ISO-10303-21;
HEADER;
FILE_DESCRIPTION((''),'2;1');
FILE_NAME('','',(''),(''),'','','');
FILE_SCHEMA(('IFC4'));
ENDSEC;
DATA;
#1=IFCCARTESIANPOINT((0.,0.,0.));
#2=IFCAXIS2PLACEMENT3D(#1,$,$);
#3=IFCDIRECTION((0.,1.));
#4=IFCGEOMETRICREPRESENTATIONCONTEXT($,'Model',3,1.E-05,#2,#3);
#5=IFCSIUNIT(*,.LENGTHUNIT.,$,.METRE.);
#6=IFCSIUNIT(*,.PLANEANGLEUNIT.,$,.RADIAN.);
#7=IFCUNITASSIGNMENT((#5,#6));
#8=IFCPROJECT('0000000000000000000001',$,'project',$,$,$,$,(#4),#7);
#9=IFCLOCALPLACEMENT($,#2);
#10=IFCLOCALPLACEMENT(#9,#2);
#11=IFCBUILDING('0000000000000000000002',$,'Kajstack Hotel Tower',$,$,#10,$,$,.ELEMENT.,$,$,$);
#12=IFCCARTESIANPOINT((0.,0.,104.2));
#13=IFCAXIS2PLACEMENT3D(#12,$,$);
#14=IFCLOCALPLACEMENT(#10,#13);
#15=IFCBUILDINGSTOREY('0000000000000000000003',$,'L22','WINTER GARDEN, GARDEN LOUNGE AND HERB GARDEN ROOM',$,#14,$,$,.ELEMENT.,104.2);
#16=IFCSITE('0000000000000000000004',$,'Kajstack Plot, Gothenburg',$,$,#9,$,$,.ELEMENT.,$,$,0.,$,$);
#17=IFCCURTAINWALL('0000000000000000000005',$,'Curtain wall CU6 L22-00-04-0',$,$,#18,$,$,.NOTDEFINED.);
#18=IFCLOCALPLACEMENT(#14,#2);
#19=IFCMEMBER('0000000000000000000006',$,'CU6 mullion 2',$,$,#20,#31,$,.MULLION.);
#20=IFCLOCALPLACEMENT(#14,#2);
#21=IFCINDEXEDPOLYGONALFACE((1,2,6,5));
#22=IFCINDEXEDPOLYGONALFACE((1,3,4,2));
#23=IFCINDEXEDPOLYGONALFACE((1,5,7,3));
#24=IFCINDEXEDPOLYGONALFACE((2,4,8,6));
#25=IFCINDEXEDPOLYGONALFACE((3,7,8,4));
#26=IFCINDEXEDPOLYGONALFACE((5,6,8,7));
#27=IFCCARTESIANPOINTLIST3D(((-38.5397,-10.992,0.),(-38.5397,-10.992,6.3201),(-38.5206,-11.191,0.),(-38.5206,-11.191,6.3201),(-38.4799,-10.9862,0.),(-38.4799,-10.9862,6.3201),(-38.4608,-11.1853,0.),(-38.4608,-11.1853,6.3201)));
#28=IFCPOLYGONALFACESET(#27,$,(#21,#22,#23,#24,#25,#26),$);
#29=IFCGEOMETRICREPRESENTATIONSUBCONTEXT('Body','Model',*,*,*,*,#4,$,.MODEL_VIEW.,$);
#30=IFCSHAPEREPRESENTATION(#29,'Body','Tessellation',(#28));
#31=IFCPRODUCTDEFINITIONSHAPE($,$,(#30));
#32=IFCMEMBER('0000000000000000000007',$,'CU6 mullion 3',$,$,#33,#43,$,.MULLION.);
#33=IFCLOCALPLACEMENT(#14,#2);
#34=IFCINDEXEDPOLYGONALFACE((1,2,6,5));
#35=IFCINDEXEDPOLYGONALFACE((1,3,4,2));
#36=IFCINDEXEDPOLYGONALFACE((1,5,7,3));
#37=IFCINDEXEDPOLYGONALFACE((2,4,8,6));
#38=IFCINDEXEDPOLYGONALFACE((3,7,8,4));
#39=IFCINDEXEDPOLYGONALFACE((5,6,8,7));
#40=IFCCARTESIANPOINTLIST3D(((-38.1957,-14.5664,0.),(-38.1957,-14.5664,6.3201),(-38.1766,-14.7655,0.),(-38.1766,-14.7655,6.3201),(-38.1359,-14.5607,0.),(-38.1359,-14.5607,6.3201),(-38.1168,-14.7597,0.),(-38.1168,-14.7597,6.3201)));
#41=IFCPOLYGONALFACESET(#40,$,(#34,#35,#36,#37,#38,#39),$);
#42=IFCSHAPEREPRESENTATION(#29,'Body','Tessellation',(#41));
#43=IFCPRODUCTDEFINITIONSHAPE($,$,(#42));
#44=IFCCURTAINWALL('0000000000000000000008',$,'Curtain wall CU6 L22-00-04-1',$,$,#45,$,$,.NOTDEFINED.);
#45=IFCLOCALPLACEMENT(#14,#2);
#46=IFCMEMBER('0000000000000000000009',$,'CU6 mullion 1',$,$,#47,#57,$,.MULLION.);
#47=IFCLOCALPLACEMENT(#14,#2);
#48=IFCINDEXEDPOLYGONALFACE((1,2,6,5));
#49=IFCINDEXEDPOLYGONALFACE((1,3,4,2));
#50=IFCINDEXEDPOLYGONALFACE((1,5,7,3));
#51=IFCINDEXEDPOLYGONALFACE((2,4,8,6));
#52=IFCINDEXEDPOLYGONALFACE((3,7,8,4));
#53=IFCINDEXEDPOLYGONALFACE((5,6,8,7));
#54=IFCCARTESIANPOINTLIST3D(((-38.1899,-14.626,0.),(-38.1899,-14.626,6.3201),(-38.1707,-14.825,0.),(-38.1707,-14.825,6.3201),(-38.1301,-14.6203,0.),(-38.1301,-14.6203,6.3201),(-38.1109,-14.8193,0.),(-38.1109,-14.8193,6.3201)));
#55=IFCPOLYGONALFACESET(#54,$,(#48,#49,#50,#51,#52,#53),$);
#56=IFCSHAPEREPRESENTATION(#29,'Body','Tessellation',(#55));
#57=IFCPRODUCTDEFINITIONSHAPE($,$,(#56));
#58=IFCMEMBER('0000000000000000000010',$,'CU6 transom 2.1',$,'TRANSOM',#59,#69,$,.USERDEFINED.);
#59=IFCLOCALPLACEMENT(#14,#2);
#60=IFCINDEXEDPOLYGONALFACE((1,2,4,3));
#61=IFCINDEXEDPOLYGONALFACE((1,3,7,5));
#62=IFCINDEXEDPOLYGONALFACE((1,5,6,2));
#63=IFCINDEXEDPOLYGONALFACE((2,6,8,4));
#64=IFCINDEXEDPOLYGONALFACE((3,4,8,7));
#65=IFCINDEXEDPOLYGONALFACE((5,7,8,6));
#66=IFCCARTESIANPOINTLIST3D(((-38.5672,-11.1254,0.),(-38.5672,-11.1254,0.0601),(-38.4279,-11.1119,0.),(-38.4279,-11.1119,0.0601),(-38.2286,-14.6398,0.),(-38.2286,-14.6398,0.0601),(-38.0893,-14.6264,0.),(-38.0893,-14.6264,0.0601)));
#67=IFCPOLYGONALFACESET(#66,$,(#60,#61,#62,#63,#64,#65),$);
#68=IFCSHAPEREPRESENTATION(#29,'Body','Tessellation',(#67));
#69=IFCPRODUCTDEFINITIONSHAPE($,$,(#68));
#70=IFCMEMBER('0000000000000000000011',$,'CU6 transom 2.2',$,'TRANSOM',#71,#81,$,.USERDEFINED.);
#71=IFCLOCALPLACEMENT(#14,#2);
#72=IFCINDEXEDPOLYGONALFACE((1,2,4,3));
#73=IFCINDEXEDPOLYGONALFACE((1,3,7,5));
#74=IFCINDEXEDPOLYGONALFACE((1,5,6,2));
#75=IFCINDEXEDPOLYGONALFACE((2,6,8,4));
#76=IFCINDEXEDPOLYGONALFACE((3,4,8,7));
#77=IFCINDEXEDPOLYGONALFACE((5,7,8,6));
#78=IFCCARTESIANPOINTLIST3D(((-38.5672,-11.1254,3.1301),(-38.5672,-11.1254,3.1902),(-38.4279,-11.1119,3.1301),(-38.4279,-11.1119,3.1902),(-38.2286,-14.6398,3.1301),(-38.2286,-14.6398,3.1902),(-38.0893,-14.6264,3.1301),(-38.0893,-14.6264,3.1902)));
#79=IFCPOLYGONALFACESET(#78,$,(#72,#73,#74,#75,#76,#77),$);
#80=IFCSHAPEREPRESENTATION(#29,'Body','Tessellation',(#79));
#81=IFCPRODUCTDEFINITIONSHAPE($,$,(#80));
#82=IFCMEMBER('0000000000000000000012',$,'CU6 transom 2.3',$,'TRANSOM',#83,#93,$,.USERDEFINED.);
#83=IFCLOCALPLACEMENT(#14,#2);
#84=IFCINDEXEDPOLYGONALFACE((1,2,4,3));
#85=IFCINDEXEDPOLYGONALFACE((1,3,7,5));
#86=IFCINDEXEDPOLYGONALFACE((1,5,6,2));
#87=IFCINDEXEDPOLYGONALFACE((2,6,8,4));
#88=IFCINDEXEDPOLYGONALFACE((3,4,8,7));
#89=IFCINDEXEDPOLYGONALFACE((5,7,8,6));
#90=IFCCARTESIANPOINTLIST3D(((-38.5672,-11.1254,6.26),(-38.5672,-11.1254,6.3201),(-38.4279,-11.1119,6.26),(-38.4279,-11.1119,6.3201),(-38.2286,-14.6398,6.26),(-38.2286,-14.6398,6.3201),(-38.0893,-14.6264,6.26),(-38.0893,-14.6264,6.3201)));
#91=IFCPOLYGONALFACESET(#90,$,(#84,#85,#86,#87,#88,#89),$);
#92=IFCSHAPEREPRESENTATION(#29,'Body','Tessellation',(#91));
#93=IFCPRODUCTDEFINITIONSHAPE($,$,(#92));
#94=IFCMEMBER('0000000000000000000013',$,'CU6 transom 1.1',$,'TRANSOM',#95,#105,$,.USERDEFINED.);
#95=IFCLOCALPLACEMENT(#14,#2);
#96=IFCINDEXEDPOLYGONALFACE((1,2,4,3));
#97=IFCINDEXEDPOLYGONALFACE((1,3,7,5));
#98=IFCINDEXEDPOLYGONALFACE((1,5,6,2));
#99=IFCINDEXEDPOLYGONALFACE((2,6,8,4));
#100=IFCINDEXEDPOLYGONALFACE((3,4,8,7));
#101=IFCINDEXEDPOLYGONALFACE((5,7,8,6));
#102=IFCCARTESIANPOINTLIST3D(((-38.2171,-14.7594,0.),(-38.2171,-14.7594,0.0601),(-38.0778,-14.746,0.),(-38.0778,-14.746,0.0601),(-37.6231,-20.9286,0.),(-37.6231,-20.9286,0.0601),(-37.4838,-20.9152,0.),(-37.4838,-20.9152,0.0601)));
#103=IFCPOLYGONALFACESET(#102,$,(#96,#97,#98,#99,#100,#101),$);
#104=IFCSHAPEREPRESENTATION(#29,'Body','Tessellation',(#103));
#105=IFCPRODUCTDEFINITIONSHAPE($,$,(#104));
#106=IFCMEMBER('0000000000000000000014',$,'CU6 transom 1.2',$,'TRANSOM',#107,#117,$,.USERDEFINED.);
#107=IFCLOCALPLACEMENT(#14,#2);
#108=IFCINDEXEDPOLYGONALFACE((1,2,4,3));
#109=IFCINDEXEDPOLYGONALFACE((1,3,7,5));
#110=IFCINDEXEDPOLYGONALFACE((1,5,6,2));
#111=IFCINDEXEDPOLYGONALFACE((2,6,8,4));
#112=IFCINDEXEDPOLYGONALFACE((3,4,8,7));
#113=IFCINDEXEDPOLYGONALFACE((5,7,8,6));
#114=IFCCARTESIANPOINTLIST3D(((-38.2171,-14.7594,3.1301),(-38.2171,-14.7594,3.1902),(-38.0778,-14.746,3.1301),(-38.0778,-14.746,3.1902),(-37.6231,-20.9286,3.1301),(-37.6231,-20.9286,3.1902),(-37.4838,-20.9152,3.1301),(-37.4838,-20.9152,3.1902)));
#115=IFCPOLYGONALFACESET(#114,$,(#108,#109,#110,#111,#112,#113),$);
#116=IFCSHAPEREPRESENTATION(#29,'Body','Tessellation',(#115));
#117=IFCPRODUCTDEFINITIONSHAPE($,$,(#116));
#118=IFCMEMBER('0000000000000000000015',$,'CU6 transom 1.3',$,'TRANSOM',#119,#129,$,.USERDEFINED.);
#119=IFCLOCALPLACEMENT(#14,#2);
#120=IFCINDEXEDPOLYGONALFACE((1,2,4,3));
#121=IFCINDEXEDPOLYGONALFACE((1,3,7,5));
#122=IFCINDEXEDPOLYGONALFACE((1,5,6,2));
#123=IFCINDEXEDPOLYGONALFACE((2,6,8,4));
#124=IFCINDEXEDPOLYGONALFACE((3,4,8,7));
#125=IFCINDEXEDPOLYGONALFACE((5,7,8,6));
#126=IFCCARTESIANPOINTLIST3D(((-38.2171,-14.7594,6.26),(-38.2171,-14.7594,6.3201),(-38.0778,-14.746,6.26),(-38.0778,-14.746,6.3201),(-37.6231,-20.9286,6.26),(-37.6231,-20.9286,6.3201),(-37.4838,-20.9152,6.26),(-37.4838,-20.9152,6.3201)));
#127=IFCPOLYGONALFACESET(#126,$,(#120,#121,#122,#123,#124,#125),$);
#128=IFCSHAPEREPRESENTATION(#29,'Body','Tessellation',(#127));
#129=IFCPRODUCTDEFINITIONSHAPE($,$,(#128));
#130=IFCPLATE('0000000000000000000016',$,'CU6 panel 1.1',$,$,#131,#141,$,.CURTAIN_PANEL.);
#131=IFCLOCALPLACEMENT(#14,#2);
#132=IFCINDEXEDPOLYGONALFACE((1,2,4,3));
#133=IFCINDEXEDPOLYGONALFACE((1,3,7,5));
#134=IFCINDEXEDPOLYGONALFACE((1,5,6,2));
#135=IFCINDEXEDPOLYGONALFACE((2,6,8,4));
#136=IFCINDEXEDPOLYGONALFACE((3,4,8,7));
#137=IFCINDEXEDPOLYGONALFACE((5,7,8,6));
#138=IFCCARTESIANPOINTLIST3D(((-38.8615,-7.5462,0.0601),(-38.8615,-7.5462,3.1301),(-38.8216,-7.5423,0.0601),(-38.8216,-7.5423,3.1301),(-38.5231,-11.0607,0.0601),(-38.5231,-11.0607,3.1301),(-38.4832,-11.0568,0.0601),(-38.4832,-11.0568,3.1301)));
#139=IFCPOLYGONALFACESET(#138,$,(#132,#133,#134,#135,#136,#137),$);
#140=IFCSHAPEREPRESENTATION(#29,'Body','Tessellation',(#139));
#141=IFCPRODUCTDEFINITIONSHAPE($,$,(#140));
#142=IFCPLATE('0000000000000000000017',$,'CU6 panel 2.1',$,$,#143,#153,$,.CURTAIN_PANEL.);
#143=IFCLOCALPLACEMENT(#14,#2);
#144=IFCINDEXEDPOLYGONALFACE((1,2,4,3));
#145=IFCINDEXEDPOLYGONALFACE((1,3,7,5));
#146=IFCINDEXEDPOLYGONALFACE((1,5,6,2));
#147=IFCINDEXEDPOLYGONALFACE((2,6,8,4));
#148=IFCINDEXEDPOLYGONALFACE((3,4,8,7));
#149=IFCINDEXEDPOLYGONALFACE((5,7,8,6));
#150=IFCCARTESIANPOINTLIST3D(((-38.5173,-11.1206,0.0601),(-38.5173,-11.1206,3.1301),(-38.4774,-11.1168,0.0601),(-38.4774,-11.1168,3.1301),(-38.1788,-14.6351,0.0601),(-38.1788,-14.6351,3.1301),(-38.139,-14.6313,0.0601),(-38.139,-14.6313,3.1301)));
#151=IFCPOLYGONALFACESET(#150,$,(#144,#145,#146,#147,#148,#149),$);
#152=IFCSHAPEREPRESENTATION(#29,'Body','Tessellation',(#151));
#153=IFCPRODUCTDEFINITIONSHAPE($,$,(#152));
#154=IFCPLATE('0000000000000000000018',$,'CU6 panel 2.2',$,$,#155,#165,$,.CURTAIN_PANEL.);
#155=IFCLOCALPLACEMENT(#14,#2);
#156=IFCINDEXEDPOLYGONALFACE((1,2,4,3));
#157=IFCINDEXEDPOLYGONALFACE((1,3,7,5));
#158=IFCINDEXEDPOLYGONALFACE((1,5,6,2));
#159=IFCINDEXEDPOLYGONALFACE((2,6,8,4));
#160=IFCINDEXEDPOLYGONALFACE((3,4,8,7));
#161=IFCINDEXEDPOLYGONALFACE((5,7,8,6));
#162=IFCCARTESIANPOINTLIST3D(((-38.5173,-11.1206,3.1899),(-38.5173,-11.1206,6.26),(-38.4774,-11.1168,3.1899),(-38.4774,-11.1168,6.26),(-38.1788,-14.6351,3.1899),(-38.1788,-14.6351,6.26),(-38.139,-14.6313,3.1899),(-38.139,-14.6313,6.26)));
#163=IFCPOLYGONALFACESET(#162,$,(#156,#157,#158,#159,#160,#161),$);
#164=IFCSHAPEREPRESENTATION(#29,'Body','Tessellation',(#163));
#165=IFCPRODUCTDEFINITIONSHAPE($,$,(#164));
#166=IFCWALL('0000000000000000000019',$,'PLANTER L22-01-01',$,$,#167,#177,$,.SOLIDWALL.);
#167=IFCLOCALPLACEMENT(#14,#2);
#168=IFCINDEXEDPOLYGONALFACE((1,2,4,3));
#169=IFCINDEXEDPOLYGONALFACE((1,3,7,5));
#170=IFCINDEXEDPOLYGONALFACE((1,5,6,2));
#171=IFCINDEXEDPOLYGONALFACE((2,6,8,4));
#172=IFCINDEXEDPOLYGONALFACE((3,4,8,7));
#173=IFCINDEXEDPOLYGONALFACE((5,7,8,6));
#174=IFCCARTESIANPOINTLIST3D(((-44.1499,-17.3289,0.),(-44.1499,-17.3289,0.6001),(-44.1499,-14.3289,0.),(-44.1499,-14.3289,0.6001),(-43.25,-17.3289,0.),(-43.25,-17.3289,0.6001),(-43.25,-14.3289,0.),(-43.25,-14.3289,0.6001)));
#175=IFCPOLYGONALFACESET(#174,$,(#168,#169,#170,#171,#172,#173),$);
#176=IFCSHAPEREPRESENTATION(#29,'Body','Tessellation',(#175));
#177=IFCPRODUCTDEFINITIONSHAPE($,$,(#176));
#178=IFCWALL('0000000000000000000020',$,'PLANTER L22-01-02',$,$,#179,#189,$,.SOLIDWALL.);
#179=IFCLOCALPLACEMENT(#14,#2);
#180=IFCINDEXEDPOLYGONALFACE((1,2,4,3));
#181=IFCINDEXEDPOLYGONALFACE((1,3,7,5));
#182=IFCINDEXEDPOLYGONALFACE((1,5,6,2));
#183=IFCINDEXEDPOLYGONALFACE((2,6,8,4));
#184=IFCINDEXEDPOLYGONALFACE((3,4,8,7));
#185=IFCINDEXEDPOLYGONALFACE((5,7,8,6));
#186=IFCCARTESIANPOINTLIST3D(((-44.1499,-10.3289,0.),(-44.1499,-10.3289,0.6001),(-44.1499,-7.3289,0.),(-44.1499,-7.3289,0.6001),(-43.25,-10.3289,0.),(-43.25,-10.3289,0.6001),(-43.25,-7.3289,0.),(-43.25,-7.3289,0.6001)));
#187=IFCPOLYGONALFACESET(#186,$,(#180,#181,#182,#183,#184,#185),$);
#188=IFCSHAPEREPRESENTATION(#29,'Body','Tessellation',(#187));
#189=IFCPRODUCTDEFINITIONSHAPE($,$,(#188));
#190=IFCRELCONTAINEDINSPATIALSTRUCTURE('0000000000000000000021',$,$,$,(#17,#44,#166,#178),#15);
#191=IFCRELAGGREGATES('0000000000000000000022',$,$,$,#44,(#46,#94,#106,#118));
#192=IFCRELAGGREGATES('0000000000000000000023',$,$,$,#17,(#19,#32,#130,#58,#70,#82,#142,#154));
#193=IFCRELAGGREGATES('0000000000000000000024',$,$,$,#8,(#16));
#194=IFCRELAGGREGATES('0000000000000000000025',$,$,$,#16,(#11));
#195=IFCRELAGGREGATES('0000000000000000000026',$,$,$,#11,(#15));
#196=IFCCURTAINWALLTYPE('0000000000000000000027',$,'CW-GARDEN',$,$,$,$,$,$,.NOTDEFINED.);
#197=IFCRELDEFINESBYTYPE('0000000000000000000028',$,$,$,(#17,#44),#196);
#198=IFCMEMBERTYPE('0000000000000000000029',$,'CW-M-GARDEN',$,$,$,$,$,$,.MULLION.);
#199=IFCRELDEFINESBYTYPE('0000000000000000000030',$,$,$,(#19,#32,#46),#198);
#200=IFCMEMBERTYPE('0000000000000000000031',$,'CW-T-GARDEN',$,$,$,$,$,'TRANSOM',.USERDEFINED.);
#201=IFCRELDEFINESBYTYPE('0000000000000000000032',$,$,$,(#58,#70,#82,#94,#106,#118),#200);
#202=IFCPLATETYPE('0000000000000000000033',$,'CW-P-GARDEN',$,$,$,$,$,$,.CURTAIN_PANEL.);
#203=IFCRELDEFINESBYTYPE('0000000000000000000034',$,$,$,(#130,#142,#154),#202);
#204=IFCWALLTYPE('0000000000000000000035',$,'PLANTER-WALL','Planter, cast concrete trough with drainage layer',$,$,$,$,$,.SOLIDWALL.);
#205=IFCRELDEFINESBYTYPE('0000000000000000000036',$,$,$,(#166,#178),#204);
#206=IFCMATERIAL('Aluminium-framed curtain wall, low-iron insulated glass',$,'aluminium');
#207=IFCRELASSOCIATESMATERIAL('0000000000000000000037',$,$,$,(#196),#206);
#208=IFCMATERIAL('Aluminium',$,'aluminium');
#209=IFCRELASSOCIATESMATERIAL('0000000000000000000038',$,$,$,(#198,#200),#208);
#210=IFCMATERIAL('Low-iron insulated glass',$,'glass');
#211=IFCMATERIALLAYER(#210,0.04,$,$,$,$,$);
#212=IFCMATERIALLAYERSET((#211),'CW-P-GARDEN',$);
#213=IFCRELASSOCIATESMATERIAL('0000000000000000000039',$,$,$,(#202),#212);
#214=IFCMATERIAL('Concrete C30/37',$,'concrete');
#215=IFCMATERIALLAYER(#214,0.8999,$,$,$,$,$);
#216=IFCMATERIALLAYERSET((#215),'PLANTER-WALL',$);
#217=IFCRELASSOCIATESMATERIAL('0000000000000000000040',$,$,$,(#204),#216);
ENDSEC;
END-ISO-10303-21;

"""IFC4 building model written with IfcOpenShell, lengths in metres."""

from ifc_helpers import new_model, si_unit, direction, frame, frame_2d, origin, origin_2d, place, context, subcontext, project, spatial, rectangle, extrude, material, layer, layer_set, material_profile, profile_set, type_object, element, aggregate, save


model = new_model("IFC4")

# Units and contexts
model_context = context("Model", 3, precision=1e-05, world=origin(), true_north=direction((0.0, 1.0)))
body_context = subcontext(model_context, "Body", "Model", "MODEL_VIEW")
ifc_project = project(units=[si_unit("LENGTHUNIT", "METRE"), si_unit("PLANEANGLEUNIT", "RADIAN")], contexts=[model_context])

# Site, building, storey
site_placement = place(None, origin())
site = spatial("IfcSite", under=ifc_project, at=site_placement, Name="Kajstack Plot, Gothenburg", CompositionType="ELEMENT", RefElevation=0.0)
building_placement = place(site_placement, origin())
building = spatial("IfcBuilding", under=site, at=building_placement, Name="Kajstack Hotel Tower", CompositionType="ELEMENT")
storey_placement = place(building_placement, frame((0.0, 0.0, 104.2)))
storey = spatial("IfcBuildingStorey", under=building, at=storey_placement, Name="L22", Description="WINTER GARDEN, GARDEN LOUNGE AND HERB GARDEN ROOM", CompositionType="ELEMENT", Elevation=104.2)

# Curtain wall, members
ifc_material_1 = material(Name="Aluminium-framed curtain wall, low-iron insulated glass", Category="aluminium")
curtain_wall_type = type_object("IfcCurtainWallType", Name="CW-GARDEN", PredefinedType="NOTDEFINED", material=ifc_material_1)
curtain_wall_1_placement = place(storey_placement, origin())
curtain_wall_1 = element("IfcCurtainWall", 1, at=curtain_wall_1_placement, inside=storey, type_object=curtain_wall_type, Name="Curtain wall CU6 L22-00-04-0", PredefinedType="NOTDEFINED")
ifc_material_2 = material(Name="Aluminium", Category="aluminium")
ifc_material_profile_1 = material_profile(ifc_material_2, rectangle(XDim=0.0601, YDim=0.2, at=origin_2d()), Name="Aluminium mullion 60 x 200")
ifc_profile_set_1 = profile_set([ifc_material_profile_1], Name="Aluminium")
member_type_1 = type_object("IfcMemberType", Name="CW-M-GARDEN", PredefinedType="MULLION", material=ifc_profile_set_1)
member_1_placement = place(storey_placement, frame((-38.5002, -11.0886, 0.0), z_axis=(0.0, 0.0, 1.0), x_axis=(0.995396, 0.095846, 0.0)))
member_1 = element("IfcMember", 2, at=member_1_placement, type_object=member_type_1, Name="CU6 mullion 2", PredefinedType="MULLION", context=body_context, shape_type="SweptSolid", body=[
    extrude(rectangle(XDim=0.0601, YDim=0.2, at=origin_2d()), origin(), (0.0, 0.0, 1.0), 6.3201),
])
member_2_placement = place(storey_placement, frame((-38.1562, -14.6631, 0.0), z_axis=(0.0, 0.0, 1.0), x_axis=(0.995396, 0.095846, 0.0)))
member_2 = element("IfcMember", 3, at=member_2_placement, type_object=member_type_1, Name="CU6 mullion 3", PredefinedType="MULLION", context=body_context, shape_type="SweptSolid", body=[
    extrude(rectangle(XDim=0.0601, YDim=0.2, at=origin_2d()), origin(), (0.0, 0.0, 1.0), 6.3201),
])

# Curtain wall, member
curtain_wall_2_placement = place(storey_placement, origin())
curtain_wall_2 = element("IfcCurtainWall", 4, at=curtain_wall_2_placement, inside=storey, type_object=curtain_wall_type, Name="Curtain wall CU6 L22-00-04-1", PredefinedType="NOTDEFINED")
member_3_placement = place(storey_placement, frame((-38.1504, -14.7227, 0.0), z_axis=(0.0, 0.0, 1.0), x_axis=(0.995396, 0.095846, 0.0)))
member_3 = element("IfcMember", 5, at=member_3_placement, type_object=member_type_1, Name="CU6 mullion 1", PredefinedType="MULLION", context=body_context, shape_type="SweptSolid", body=[
    extrude(rectangle(XDim=0.0601, YDim=0.2, at=origin_2d()), origin(), (0.0, 0.0, 1.0), 6.3201),
])

# Members
ifc_material_profile_2 = material_profile(ifc_material_2, rectangle(XDim=0.1399, YDim=0.0601, at=origin_2d()), Name="Aluminium transom 140 x 60")
ifc_profile_set_2 = profile_set([ifc_material_profile_2], Name="Aluminium")
member_type_2 = type_object("IfcMemberType", Name="CW-T-GARDEN", ElementType="TRANSOM", PredefinedType="USERDEFINED", material=ifc_profile_set_2)
member_4_placement = place(storey_placement, frame((-38.4976, -11.1187, 0.03), z_axis=(0.095909, -0.99539, 0.0), x_axis=(0.99539, 0.095909, 0.0)))
member_4 = element("IfcMember", 6, at=member_4_placement, type_object=member_type_2, Name="CU6 transom 2.1", ObjectType="TRANSOM", PredefinedType="USERDEFINED", context=body_context, shape_type="SweptSolid", body=[
    extrude(rectangle(XDim=0.1399, YDim=0.0601, at=origin_2d()), origin(), (0.0, 0.0, 1.0), 3.5308),
])
member_5_placement = place(storey_placement, frame((-38.4976, -11.1187, 3.1602), z_axis=(0.095909, -0.99539, 0.0), x_axis=(0.99539, 0.095909, 0.0)))
member_5 = element("IfcMember", 7, at=member_5_placement, type_object=member_type_2, Name="CU6 transom 2.2", ObjectType="TRANSOM", PredefinedType="USERDEFINED", context=body_context, shape_type="SweptSolid", body=[
    extrude(rectangle(XDim=0.1399, YDim=0.0601, at=origin_2d()), origin(), (0.0, 0.0, 1.0), 3.5308),
])
member_6_placement = place(storey_placement, frame((-38.4976, -11.1187, 6.29), z_axis=(0.095909, -0.99539, 0.0), x_axis=(0.99539, 0.095909, 0.0)))
member_6 = element("IfcMember", 8, at=member_6_placement, type_object=member_type_2, Name="CU6 transom 2.3", ObjectType="TRANSOM", PredefinedType="USERDEFINED", context=body_context, shape_type="SweptSolid", body=[
    extrude(rectangle(XDim=0.1399, YDim=0.0601, at=origin_2d()), origin(), (0.0, 0.0, 1.0), 3.5308),
])
member_7_placement = place(storey_placement, frame((-38.1475, -14.7527, 0.03), z_axis=(0.095841, -0.995397, 0.0), x_axis=(0.995397, 0.095841, 0.0)))
member_7 = element("IfcMember", 9, at=member_7_placement, type_object=member_type_2, Name="CU6 transom 1.1", ObjectType="TRANSOM", PredefinedType="USERDEFINED", context=body_context, shape_type="SweptSolid", body=[
    extrude(rectangle(XDim=0.1399, YDim=0.0601, at=origin_2d()), origin(), (0.0, 0.0, 1.0), 6.1978),
])
member_8_placement = place(storey_placement, frame((-38.1475, -14.7527, 3.1602), z_axis=(0.095841, -0.995397, 0.0), x_axis=(0.995397, 0.095841, 0.0)))
member_8 = element("IfcMember", 10, at=member_8_placement, type_object=member_type_2, Name="CU6 transom 1.2", ObjectType="TRANSOM", PredefinedType="USERDEFINED", context=body_context, shape_type="SweptSolid", body=[
    extrude(rectangle(XDim=0.1399, YDim=0.0601, at=origin_2d()), origin(), (0.0, 0.0, 1.0), 6.1978),
])
member_9_placement = place(storey_placement, frame((-38.1475, -14.7527, 6.29), z_axis=(0.095841, -0.995397, 0.0), x_axis=(0.995397, 0.095841, 0.0)))
member_9 = element("IfcMember", 11, at=member_9_placement, type_object=member_type_2, Name="CU6 transom 1.3", ObjectType="TRANSOM", PredefinedType="USERDEFINED", context=body_context, shape_type="SweptSolid", body=[
    extrude(rectangle(XDim=0.1399, YDim=0.0601, at=origin_2d()), origin(), (0.0, 0.0, 1.0), 6.1978),
])
aggregate(curtain_wall_2, [member_3, member_7, member_8, member_9])

# Plates
ifc_material_3 = material(Name="Low-iron insulated glass", Category="glass")
ifc_layer_1 = layer(ifc_material_3, 0.04)
ifc_layer_set_1 = layer_set([ifc_layer_1], Name="CW-P-GARDEN")
plate_type = type_object("IfcPlateType", Name="CW-P-GARDEN", PredefinedType="CURTAIN_PANEL", material=ifc_layer_set_1)
plate_1_placement = place(storey_placement, frame((-38.6724, -9.3015, 0.0601), z_axis=(0.0, 0.0, 1.0), x_axis=(0.095846, -0.995396, 0.0)))
plate_1 = element("IfcPlate", 12, at=plate_1_placement, type_object=plate_type, Name="CU6 panel 1.1", PredefinedType="CURTAIN_PANEL", context=body_context, shape_type="SweptSolid", body=[
    extrude(rectangle(XDim=3.5308, YDim=0.04, at=origin_2d()), origin(), (0.0, 0.0, 1.0), 3.0701),
])
plate_2_placement = place(storey_placement, frame((-38.3281, -12.876, 0.0601), z_axis=(0.0, 0.0, 1.0), x_axis=(0.095846, -0.995396, 0.0)))
plate_2 = element("IfcPlate", 13, at=plate_2_placement, type_object=plate_type, Name="CU6 panel 2.1", PredefinedType="CURTAIN_PANEL", context=body_context, shape_type="SweptSolid", body=[
    extrude(rectangle(XDim=3.5308, YDim=0.04, at=origin_2d()), origin(), (0.0, 0.0, 1.0), 3.0701),
])
plate_3_placement = place(storey_placement, frame((-38.3281, -12.876, 3.1899), z_axis=(0.0, 0.0, 1.0), x_axis=(0.095846, -0.995396, 0.0)))
plate_3 = element("IfcPlate", 14, at=plate_3_placement, type_object=plate_type, Name="CU6 panel 2.2", PredefinedType="CURTAIN_PANEL", context=body_context, shape_type="SweptSolid", body=[
    extrude(rectangle(XDim=3.5308, YDim=0.04, at=origin_2d()), origin(), (0.0, 0.0, 1.0), 3.0701),
])
aggregate(curtain_wall_1, [member_1, member_2, plate_1, member_4, member_5, member_6, plate_2, plate_3])

# Walls
ifc_material_4 = material(Name="Concrete C30/37", Category="concrete")
ifc_layer_2 = layer(ifc_material_4, 0.8999)
ifc_layer_set_2 = layer_set([ifc_layer_2], Name="PLANTER-WALL")
wall_type_1 = type_object("IfcWallType", Name="PLANTER-WALL", Description="Planter, cast concrete trough with drainage layer", PredefinedType="SOLIDWALL", material=ifc_layer_set_2)
for number, where, z_axis, x_axis, name in (
    (15, (-43.7, -17.3289, 0.0), (0.0, 0.0, 1.0), (0.0, 1.0, 0.0), "PLANTER L22-01-01"),
    (16, (-43.7, -10.3289, 0.0), (0.0, 0.0, 1.0), (0.0, 1.0, 0.0), "PLANTER L22-01-02"),
):
    element("IfcWall", number, at=place(storey_placement, frame(where, z_axis=z_axis, x_axis=x_axis)), inside=storey, type_object=wall_type_1, Name=name, PredefinedType="SOLIDWALL", context=body_context, shape_type="SweptSolid", body=[
        extrude(rectangle(XDim=3.0, YDim=0.8999, at=frame_2d((1.5, 0.0))), origin(), (0.0, 0.0, 1.0), 0.6001),
    ])

save(model, "model.ifc")
